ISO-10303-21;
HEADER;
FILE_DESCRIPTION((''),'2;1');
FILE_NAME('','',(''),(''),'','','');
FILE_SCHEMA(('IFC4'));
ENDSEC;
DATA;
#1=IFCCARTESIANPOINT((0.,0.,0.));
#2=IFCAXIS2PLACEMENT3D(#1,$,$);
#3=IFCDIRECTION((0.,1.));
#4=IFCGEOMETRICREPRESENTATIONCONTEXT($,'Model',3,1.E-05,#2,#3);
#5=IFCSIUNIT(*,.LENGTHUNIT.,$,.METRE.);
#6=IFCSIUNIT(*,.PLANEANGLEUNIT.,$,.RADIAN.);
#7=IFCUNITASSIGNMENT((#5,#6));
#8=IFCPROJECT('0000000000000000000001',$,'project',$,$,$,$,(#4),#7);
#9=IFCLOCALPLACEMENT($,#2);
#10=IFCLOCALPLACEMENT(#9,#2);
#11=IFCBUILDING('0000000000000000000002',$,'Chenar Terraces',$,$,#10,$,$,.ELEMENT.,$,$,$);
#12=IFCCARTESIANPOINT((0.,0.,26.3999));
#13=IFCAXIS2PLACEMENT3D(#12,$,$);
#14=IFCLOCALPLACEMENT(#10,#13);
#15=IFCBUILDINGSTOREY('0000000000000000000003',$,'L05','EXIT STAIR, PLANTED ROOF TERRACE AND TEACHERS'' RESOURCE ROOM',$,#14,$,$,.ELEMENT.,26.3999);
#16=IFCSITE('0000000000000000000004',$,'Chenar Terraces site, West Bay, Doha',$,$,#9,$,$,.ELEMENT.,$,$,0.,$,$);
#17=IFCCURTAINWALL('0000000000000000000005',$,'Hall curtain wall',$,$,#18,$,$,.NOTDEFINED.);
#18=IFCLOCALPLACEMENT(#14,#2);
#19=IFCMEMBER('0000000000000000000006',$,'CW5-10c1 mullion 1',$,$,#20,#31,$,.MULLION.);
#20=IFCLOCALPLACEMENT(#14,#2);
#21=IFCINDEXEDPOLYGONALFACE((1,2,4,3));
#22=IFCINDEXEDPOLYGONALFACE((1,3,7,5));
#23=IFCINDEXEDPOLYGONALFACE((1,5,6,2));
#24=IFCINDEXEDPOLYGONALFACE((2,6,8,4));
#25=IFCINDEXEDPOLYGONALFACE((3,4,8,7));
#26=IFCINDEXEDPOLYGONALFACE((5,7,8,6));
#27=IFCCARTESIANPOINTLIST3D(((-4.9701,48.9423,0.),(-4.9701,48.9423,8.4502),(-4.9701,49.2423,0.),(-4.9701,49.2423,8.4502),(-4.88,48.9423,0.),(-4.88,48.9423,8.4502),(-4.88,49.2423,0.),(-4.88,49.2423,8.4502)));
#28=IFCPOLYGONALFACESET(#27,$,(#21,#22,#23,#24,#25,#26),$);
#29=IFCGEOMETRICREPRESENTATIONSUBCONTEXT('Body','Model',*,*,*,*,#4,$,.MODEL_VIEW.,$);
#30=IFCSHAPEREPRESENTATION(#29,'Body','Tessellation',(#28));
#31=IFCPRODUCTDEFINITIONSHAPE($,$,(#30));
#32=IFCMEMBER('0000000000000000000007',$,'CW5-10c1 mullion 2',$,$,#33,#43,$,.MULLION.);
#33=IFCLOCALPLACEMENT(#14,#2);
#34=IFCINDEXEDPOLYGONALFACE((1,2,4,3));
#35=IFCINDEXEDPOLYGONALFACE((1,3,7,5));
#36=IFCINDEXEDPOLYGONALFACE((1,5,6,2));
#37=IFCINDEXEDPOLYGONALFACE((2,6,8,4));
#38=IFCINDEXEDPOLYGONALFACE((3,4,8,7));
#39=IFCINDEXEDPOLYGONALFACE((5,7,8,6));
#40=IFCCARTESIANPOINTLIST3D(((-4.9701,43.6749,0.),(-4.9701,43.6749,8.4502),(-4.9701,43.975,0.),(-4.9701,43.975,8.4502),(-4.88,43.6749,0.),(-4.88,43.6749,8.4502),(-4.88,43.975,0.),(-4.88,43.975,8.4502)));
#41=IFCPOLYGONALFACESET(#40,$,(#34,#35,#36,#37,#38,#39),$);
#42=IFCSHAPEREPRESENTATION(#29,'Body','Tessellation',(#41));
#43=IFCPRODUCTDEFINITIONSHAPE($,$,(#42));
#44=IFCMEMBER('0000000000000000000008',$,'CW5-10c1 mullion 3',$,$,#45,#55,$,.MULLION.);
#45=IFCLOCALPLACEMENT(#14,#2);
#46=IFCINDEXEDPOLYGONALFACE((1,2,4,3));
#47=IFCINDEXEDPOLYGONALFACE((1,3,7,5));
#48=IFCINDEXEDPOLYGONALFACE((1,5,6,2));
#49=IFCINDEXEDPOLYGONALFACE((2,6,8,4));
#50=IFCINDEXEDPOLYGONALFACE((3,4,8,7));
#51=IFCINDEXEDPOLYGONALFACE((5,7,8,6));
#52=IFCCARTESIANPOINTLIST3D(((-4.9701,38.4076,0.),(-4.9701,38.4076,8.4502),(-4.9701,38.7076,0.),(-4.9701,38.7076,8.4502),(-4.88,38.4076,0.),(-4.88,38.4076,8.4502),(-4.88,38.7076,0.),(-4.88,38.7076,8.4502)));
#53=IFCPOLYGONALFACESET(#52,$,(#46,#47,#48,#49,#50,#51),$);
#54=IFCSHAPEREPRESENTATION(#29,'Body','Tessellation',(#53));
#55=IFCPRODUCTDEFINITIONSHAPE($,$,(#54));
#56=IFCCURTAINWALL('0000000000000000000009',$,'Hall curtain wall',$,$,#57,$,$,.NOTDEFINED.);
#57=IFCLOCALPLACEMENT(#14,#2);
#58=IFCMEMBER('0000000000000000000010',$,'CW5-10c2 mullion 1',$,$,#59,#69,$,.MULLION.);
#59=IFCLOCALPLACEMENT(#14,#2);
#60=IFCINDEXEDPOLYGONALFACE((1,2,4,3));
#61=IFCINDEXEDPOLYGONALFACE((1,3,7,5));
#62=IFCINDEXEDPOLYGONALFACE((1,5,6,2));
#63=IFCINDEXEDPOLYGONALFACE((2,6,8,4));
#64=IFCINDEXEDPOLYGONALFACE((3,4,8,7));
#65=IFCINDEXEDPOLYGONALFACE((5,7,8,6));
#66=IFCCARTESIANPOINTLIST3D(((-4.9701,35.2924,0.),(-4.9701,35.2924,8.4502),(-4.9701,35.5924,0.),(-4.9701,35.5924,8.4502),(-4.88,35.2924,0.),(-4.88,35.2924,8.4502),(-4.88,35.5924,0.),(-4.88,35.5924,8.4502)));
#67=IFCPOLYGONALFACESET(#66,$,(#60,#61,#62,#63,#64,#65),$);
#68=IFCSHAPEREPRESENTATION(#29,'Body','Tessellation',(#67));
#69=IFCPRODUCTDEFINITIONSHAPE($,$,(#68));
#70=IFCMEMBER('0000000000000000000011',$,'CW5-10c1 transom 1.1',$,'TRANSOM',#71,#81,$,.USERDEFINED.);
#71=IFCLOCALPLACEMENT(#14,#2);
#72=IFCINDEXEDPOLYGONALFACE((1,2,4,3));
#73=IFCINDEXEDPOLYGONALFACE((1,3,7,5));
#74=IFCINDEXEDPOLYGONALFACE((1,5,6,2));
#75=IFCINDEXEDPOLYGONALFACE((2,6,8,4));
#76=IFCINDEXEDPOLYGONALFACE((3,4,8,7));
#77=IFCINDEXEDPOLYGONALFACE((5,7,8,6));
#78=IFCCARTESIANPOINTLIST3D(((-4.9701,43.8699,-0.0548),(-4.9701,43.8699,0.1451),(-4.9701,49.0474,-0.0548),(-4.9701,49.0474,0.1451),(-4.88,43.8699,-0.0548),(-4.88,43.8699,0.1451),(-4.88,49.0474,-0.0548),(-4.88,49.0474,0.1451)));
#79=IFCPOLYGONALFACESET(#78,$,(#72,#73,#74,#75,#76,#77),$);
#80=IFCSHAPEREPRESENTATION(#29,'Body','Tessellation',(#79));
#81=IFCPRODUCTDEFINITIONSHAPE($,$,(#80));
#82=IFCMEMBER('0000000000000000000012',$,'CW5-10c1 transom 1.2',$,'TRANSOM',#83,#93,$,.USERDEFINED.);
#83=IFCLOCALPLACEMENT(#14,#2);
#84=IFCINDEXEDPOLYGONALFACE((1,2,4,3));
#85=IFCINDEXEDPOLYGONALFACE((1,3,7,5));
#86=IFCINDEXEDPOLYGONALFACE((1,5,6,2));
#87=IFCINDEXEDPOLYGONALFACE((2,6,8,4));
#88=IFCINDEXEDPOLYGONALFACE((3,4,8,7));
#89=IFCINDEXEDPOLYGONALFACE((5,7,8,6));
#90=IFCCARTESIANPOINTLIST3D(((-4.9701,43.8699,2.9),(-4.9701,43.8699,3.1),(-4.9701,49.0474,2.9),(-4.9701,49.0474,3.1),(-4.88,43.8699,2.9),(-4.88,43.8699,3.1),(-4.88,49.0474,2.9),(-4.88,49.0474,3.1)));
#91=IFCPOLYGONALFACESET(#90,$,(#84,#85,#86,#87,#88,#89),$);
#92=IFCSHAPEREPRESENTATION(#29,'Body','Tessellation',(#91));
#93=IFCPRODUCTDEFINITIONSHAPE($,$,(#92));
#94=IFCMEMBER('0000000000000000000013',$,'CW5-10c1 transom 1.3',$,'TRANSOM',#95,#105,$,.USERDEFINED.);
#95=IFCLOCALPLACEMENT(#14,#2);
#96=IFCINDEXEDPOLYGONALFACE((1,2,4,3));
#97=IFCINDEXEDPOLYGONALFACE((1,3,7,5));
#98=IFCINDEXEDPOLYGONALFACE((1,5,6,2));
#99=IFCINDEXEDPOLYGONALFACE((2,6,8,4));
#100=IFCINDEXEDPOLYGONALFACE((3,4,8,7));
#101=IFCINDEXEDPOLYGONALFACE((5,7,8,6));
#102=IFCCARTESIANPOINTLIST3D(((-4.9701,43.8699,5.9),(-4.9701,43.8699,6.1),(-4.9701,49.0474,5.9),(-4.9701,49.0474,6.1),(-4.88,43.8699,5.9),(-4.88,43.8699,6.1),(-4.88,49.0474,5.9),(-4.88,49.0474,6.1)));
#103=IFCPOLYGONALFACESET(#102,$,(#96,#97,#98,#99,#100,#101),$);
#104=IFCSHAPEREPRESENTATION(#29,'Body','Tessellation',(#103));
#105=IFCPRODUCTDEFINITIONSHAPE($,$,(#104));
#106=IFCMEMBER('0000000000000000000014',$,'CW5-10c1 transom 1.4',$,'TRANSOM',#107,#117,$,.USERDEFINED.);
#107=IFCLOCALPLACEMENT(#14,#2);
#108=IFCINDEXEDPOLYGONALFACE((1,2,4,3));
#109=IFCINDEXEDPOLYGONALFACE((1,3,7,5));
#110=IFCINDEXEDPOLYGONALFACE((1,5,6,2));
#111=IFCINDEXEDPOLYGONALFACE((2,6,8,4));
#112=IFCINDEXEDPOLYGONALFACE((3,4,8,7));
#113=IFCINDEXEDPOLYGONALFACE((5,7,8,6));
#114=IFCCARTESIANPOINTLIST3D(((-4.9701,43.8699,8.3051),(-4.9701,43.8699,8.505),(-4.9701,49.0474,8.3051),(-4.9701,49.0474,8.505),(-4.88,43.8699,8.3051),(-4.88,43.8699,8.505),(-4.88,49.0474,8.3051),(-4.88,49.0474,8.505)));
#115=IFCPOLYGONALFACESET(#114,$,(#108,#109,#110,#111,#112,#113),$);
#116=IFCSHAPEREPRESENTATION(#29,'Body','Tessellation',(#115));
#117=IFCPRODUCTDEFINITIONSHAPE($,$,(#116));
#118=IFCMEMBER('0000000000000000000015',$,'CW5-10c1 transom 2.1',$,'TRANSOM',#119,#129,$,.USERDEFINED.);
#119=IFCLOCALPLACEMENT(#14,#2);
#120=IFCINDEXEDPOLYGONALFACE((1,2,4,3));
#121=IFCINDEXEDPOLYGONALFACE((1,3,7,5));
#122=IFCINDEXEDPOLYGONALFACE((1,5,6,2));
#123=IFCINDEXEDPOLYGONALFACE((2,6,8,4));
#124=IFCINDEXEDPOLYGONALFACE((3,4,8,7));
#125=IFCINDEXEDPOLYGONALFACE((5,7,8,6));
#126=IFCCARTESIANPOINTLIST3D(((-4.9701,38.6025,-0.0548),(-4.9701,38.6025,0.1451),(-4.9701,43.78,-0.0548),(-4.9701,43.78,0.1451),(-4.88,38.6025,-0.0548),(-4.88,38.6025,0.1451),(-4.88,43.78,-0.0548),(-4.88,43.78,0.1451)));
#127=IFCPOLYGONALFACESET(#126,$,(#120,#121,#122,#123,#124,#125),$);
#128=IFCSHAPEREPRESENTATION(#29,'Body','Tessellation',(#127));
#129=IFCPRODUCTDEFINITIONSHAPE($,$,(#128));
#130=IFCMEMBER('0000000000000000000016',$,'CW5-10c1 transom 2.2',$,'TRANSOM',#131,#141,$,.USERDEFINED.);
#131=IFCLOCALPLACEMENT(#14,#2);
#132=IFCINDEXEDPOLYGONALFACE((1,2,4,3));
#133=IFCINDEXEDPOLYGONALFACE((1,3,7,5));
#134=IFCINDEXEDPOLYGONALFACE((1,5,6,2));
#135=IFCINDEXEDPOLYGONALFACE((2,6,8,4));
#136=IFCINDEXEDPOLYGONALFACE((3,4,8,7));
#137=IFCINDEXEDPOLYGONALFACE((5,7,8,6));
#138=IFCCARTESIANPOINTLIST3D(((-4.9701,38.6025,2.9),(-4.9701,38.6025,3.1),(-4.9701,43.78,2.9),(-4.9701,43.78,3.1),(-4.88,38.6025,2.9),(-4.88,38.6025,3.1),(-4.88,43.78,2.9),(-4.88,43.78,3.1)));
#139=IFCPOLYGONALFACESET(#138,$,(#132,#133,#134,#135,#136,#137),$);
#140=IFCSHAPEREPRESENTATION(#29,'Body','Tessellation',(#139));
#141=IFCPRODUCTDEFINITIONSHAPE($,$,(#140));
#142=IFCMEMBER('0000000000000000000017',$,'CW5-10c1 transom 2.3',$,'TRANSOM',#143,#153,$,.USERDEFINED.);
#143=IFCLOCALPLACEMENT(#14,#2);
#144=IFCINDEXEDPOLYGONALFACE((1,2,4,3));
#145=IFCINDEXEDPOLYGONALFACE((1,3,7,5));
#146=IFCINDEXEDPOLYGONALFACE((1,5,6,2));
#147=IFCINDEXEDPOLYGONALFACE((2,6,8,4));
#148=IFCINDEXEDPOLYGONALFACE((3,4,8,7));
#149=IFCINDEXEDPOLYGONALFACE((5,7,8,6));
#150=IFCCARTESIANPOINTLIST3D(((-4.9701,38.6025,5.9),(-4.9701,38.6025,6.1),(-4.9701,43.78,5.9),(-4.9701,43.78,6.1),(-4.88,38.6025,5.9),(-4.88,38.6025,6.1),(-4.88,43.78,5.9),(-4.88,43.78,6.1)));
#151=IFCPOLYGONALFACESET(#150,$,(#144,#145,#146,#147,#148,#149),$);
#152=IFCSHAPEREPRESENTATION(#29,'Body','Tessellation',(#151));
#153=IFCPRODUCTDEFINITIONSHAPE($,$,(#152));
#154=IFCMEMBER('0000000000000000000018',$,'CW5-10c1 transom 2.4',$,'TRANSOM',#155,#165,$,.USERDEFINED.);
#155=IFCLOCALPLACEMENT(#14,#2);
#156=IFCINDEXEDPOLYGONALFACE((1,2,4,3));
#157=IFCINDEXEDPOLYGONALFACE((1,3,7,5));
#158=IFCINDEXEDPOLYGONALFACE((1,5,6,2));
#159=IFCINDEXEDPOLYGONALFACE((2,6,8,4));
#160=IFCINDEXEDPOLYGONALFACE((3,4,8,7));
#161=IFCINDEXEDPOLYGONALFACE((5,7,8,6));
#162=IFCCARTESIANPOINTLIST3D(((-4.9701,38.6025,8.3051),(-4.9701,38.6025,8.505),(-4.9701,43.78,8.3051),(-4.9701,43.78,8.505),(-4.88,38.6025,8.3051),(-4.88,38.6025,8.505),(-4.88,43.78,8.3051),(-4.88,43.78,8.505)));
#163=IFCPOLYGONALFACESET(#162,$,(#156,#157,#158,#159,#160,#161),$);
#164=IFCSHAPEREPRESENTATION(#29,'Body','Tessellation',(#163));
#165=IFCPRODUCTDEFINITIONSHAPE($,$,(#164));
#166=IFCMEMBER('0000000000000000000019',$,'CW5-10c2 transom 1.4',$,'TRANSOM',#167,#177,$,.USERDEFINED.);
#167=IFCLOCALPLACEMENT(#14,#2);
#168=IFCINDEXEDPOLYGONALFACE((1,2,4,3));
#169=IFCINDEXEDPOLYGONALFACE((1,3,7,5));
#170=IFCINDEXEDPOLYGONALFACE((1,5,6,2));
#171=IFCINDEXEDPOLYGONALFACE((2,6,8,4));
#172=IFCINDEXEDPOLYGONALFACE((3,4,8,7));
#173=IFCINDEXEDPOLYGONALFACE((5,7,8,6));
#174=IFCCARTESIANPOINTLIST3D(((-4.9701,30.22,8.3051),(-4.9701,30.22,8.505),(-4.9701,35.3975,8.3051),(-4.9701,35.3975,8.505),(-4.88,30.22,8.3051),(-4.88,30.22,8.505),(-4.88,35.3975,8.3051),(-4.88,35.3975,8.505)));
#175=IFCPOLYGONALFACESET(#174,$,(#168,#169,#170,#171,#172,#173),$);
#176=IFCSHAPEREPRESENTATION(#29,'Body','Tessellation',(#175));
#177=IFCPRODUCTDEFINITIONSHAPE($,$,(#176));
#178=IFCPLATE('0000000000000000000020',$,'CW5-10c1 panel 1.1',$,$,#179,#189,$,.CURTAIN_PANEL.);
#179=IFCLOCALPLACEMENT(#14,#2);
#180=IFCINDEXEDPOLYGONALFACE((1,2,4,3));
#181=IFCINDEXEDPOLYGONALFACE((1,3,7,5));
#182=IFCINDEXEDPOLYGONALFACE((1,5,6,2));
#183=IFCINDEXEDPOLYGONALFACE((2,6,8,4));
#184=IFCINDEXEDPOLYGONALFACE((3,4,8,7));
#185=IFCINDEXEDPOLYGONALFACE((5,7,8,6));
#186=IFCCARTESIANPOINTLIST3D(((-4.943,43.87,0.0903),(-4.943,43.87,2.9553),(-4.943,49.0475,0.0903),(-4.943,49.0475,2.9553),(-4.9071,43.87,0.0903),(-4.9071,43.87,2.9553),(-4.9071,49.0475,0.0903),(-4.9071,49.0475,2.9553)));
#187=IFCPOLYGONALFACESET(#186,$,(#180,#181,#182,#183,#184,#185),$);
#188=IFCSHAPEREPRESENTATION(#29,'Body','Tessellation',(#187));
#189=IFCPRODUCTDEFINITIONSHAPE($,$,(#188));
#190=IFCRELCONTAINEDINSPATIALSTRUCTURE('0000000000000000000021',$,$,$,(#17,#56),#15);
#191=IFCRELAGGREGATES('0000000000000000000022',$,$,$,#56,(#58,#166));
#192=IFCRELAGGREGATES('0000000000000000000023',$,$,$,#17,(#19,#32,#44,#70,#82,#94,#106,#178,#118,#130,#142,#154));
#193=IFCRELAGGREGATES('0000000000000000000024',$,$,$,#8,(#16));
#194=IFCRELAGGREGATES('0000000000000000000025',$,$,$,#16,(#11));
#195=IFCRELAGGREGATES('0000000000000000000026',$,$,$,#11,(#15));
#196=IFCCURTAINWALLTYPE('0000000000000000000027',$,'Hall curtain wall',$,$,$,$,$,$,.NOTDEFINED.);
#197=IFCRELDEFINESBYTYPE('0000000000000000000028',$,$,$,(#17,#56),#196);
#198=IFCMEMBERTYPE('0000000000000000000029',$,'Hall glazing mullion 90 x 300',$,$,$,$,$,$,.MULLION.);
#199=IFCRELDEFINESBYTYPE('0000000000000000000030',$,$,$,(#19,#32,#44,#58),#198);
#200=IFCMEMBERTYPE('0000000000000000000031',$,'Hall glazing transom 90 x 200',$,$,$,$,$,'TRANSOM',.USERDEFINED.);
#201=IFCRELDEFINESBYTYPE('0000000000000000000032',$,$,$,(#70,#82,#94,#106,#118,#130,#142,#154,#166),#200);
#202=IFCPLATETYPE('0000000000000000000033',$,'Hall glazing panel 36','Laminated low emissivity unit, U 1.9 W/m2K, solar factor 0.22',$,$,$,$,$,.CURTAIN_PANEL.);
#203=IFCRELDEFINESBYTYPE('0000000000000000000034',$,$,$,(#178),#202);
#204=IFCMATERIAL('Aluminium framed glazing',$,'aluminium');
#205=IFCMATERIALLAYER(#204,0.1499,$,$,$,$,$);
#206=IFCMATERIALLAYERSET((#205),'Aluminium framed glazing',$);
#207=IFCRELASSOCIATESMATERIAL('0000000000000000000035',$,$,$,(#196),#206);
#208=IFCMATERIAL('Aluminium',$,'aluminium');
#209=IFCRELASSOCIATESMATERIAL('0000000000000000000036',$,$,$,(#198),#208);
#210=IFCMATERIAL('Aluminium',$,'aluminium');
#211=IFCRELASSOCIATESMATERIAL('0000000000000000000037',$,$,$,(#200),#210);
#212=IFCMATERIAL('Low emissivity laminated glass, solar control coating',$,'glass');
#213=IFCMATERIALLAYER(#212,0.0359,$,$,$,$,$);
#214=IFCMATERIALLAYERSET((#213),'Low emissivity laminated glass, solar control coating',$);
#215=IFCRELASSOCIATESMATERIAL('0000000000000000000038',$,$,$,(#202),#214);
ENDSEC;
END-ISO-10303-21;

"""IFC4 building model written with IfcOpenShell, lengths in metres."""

from ifc_helpers import new_model, si_unit, direction, frame, origin, origin_2d, place, context, subcontext, project, spatial, rectangle, extrude, material, layer, layer_set, material_profile, profile_set, type_object, element, aggregate, save


model = new_model("IFC4")

# Units and contexts
model_context = context("Model", 3, precision=1e-05, world=origin(), true_north=direction((0.0, 1.0)))
body_context = subcontext(model_context, "Body", "Model", "MODEL_VIEW")
ifc_project = project(units=[si_unit("LENGTHUNIT", "METRE"), si_unit("PLANEANGLEUNIT", "RADIAN")], contexts=[model_context])

# Site, building, storey
site_placement = place(None, origin())
site = spatial("IfcSite", under=ifc_project, at=site_placement, Name="Chenar Terraces site, West Bay, Doha", CompositionType="ELEMENT", RefElevation=0.0)
building_placement = place(site_placement, origin())
building = spatial("IfcBuilding", under=site, at=building_placement, Name="Chenar Terraces", CompositionType="ELEMENT")
storey_placement = place(building_placement, frame((0.0, 0.0, 26.3999)))
storey = spatial("IfcBuildingStorey", under=building, at=storey_placement, Name="L05", Description="EXIT STAIR, PLANTED ROOF TERRACE AND TEACHERS' RESOURCE ROOM", CompositionType="ELEMENT", Elevation=26.3999)

# Curtain wall, members
ifc_material_1 = material(Name="Aluminium framed glazing", Category="aluminium")
ifc_layer_1 = layer(ifc_material_1, 0.1499)
ifc_layer_set_1 = layer_set([ifc_layer_1], Name="Aluminium framed glazing")
curtain_wall_type = type_object("IfcCurtainWallType", Name="Hall curtain wall", PredefinedType="NOTDEFINED", material=ifc_layer_set_1)
placement = place(storey_placement, origin())
curtain_wall_1 = element("IfcCurtainWall", 1, at=placement, inside=storey, type_object=curtain_wall_type, Name="Hall curtain wall", PredefinedType="NOTDEFINED")
ifc_material_2 = material(Name="Aluminium", Category="aluminium")
ifc_material_profile_1 = material_profile(ifc_material_2, rectangle(XDim=0.0901, YDim=0.3, at=origin_2d()), Name="Hall glazing mullion 90 x 300")
ifc_profile_set_1 = profile_set([ifc_material_profile_1], Name="Aluminium")
member_type_1 = type_object("IfcMemberType", Name="Hall glazing mullion 90 x 300", PredefinedType="MULLION", material=ifc_profile_set_1)
member_1_placement = place(storey_placement, frame((-4.925, 49.0923, 0.0), z_axis=(0.0, 0.0, 1.0), x_axis=(1.0, 0.0, 0.0)))
member_1 = element("IfcMember", 2, at=member_1_placement, type_object=member_type_1, Name="CW5-10c1 mullion 1", PredefinedType="MULLION", context=body_context, shape_type="SweptSolid", body=[
    extrude(rectangle(XDim=0.0901, YDim=0.3, at=origin_2d()), origin(), (0.0, 0.0, 1.0), 8.4502),
])
member_2_placement = place(storey_placement, frame((-4.925, 43.825, 0.0), z_axis=(0.0, 0.0, 1.0), x_axis=(1.0, 0.0, 0.0)))
member_2 = element("IfcMember", 3, at=member_2_placement, type_object=member_type_1, Name="CW5-10c1 mullion 2", PredefinedType="MULLION", context=body_context, shape_type="SweptSolid", body=[
    extrude(rectangle(XDim=0.0901, YDim=0.3, at=origin_2d()), origin(), (0.0, 0.0, 1.0), 8.4502),
])
member_3_placement = place(storey_placement, frame((-4.925, 38.5576, 0.0), z_axis=(0.0, 0.0, 1.0), x_axis=(1.0, 0.0, 0.0)))
member_3 = element("IfcMember", 4, at=member_3_placement, type_object=member_type_1, Name="CW5-10c1 mullion 3", PredefinedType="MULLION", context=body_context, shape_type="SweptSolid", body=[
    extrude(rectangle(XDim=0.0901, YDim=0.3, at=origin_2d()), origin(), (0.0, 0.0, 1.0), 8.4502),
])

# Curtain wall, member
curtain_wall_2 = element("IfcCurtainWall", 5, at=placement, inside=storey, type_object=curtain_wall_type, Name="Hall curtain wall", PredefinedType="NOTDEFINED")
member_4_placement = place(storey_placement, frame((-4.925, 35.4424, 0.0), z_axis=(0.0, 0.0, 1.0), x_axis=(1.0, 0.0, 0.0)))
member_4 = element("IfcMember", 6, at=member_4_placement, type_object=member_type_1, Name="CW5-10c2 mullion 1", PredefinedType="MULLION", context=body_context, shape_type="SweptSolid", body=[
    extrude(rectangle(XDim=0.0901, YDim=0.3, at=origin_2d()), origin(), (0.0, 0.0, 1.0), 8.4502),
])

# Members
ifc_material_3 = material(Name="Aluminium", Category="aluminium")
ifc_material_profile_2 = material_profile(ifc_material_3, rectangle(XDim=0.0901, YDim=0.2, at=origin_2d()), Name="Hall glazing transom 90 x 200")
ifc_profile_set_2 = profile_set([ifc_material_profile_2], Name="Aluminium")
member_type_2 = type_object("IfcMemberType", Name="Hall glazing transom 90 x 200", ElementType="TRANSOM", PredefinedType="USERDEFINED", material=ifc_profile_set_2)
member_5_placement = place(storey_placement, frame((-4.925, 49.0474, 0.0452), z_axis=(0.0, -1.0, 0.0), x_axis=(1.0, 0.0, 0.0)))
member_5 = element("IfcMember", 7, at=member_5_placement, type_object=member_type_2, Name="CW5-10c1 transom 1.1", ObjectType="TRANSOM", PredefinedType="USERDEFINED", context=body_context, shape_type="SweptSolid", body=[
    extrude(rectangle(XDim=0.0901, YDim=0.2, at=origin_2d()), origin(), (0.0, 0.0, 1.0), 5.1775),
])
member_6_placement = place(storey_placement, frame((-4.925, 49.0474, 3.0), z_axis=(0.0, -1.0, 0.0), x_axis=(1.0, 0.0, 0.0)))
member_6 = element("IfcMember", 8, at=member_6_placement, type_object=member_type_2, Name="CW5-10c1 transom 1.2", ObjectType="TRANSOM", PredefinedType="USERDEFINED", context=body_context, shape_type="SweptSolid", body=[
    extrude(rectangle(XDim=0.0901, YDim=0.2, at=origin_2d()), origin(), (0.0, 0.0, 1.0), 5.1775),
])
member_7_placement = place(storey_placement, frame((-4.925, 49.0474, 6.0), z_axis=(0.0, -1.0, 0.0), x_axis=(1.0, 0.0, 0.0)))
member_7 = element("IfcMember", 9, at=member_7_placement, type_object=member_type_2, Name="CW5-10c1 transom 1.3", ObjectType="TRANSOM", PredefinedType="USERDEFINED", context=body_context, shape_type="SweptSolid", body=[
    extrude(rectangle(XDim=0.0901, YDim=0.2, at=origin_2d()), origin(), (0.0, 0.0, 1.0), 5.1775),
])
member_8_placement = place(storey_placement, frame((-4.925, 49.0474, 8.405), z_axis=(0.0, -1.0, 0.0), x_axis=(1.0, 0.0, 0.0)))
member_8 = element("IfcMember", 10, at=member_8_placement, type_object=member_type_2, Name="CW5-10c1 transom 1.4", ObjectType="TRANSOM", PredefinedType="USERDEFINED", context=body_context, shape_type="SweptSolid", body=[
    extrude(rectangle(XDim=0.0901, YDim=0.2, at=origin_2d()), origin(), (0.0, 0.0, 1.0), 5.1775),
])
member_9_placement = place(storey_placement, frame((-4.925, 43.78, 0.0452), z_axis=(0.0, -1.0, 0.0), x_axis=(1.0, 0.0, 0.0)))
member_9 = element("IfcMember", 11, at=member_9_placement, type_object=member_type_2, Name="CW5-10c1 transom 2.1", ObjectType="TRANSOM", PredefinedType="USERDEFINED", context=body_context, shape_type="SweptSolid", body=[
    extrude(rectangle(XDim=0.0901, YDim=0.2, at=origin_2d()), origin(), (0.0, 0.0, 1.0), 5.1775),
])
member_10_placement = place(storey_placement, frame((-4.925, 43.78, 3.0), z_axis=(0.0, -1.0, 0.0), x_axis=(1.0, 0.0, 0.0)))
member_10 = element("IfcMember", 12, at=member_10_placement, type_object=member_type_2, Name="CW5-10c1 transom 2.2", ObjectType="TRANSOM", PredefinedType="USERDEFINED", context=body_context, shape_type="SweptSolid", body=[
    extrude(rectangle(XDim=0.0901, YDim=0.2, at=origin_2d()), origin(), (0.0, 0.0, 1.0), 5.1775),
])
member_11_placement = place(storey_placement, frame((-4.925, 43.78, 6.0), z_axis=(0.0, -1.0, 0.0), x_axis=(1.0, 0.0, 0.0)))
member_11 = element("IfcMember", 13, at=member_11_placement, type_object=member_type_2, Name="CW5-10c1 transom 2.3", ObjectType="TRANSOM", PredefinedType="USERDEFINED", context=body_context, shape_type="SweptSolid", body=[
    extrude(rectangle(XDim=0.0901, YDim=0.2, at=origin_2d()), origin(), (0.0, 0.0, 1.0), 5.1775),
])
member_12_placement = place(storey_placement, frame((-4.925, 43.78, 8.405), z_axis=(0.0, -1.0, 0.0), x_axis=(1.0, 0.0, 0.0)))
member_12 = element("IfcMember", 14, at=member_12_placement, type_object=member_type_2, Name="CW5-10c1 transom 2.4", ObjectType="TRANSOM", PredefinedType="USERDEFINED", context=body_context, shape_type="SweptSolid", body=[
    extrude(rectangle(XDim=0.0901, YDim=0.2, at=origin_2d()), origin(), (0.0, 0.0, 1.0), 5.1775),
])
member_13_placement = place(storey_placement, frame((-4.925, 35.3975, 8.405), z_axis=(0.0, -1.0, 0.0), x_axis=(1.0, 0.0, 0.0)))
member_13 = element("IfcMember", 15, at=member_13_placement, type_object=member_type_2, Name="CW5-10c2 transom 1.4", ObjectType="TRANSOM", PredefinedType="USERDEFINED", context=body_context, shape_type="SweptSolid", body=[
    extrude(rectangle(XDim=0.0901, YDim=0.2, at=origin_2d()), origin(), (0.0, 0.0, 1.0), 5.1775),
])
aggregate(curtain_wall_2, [member_4, member_13])

# Plate
ifc_material_4 = material(Name="Low emissivity laminated glass, solar control coating", Category="glass")
ifc_layer_2 = layer(ifc_material_4, 0.0359)
ifc_layer_set_2 = layer_set([ifc_layer_2], Name="Low emissivity laminated glass, solar control coating")
plate_type = type_object("IfcPlateType", Name="Hall glazing panel 36", Description="Laminated low emissivity unit, U 1.9 W/m2K, solar factor 0.22", PredefinedType="CURTAIN_PANEL", material=ifc_layer_set_2)
plate_1_placement = place(storey_placement, frame((-4.925, 46.4587, 0.0903), z_axis=(0.0, 0.0, 1.0), x_axis=(0.0, -1.0, 0.0)))
plate_1 = element("IfcPlate", 16, at=plate_1_placement, type_object=plate_type, Name="CW5-10c1 panel 1.1", PredefinedType="CURTAIN_PANEL", context=body_context, shape_type="SweptSolid", body=[
    extrude(rectangle(XDim=5.1775, YDim=0.0359, at=origin_2d()), origin(), (0.0, 0.0, 1.0), 2.865),
])
aggregate(curtain_wall_1, [member_1, member_2, member_3, member_5, member_6, member_7, member_8, plate_1, member_9, member_10, member_11, member_12])

save(model, "model.ifc")
